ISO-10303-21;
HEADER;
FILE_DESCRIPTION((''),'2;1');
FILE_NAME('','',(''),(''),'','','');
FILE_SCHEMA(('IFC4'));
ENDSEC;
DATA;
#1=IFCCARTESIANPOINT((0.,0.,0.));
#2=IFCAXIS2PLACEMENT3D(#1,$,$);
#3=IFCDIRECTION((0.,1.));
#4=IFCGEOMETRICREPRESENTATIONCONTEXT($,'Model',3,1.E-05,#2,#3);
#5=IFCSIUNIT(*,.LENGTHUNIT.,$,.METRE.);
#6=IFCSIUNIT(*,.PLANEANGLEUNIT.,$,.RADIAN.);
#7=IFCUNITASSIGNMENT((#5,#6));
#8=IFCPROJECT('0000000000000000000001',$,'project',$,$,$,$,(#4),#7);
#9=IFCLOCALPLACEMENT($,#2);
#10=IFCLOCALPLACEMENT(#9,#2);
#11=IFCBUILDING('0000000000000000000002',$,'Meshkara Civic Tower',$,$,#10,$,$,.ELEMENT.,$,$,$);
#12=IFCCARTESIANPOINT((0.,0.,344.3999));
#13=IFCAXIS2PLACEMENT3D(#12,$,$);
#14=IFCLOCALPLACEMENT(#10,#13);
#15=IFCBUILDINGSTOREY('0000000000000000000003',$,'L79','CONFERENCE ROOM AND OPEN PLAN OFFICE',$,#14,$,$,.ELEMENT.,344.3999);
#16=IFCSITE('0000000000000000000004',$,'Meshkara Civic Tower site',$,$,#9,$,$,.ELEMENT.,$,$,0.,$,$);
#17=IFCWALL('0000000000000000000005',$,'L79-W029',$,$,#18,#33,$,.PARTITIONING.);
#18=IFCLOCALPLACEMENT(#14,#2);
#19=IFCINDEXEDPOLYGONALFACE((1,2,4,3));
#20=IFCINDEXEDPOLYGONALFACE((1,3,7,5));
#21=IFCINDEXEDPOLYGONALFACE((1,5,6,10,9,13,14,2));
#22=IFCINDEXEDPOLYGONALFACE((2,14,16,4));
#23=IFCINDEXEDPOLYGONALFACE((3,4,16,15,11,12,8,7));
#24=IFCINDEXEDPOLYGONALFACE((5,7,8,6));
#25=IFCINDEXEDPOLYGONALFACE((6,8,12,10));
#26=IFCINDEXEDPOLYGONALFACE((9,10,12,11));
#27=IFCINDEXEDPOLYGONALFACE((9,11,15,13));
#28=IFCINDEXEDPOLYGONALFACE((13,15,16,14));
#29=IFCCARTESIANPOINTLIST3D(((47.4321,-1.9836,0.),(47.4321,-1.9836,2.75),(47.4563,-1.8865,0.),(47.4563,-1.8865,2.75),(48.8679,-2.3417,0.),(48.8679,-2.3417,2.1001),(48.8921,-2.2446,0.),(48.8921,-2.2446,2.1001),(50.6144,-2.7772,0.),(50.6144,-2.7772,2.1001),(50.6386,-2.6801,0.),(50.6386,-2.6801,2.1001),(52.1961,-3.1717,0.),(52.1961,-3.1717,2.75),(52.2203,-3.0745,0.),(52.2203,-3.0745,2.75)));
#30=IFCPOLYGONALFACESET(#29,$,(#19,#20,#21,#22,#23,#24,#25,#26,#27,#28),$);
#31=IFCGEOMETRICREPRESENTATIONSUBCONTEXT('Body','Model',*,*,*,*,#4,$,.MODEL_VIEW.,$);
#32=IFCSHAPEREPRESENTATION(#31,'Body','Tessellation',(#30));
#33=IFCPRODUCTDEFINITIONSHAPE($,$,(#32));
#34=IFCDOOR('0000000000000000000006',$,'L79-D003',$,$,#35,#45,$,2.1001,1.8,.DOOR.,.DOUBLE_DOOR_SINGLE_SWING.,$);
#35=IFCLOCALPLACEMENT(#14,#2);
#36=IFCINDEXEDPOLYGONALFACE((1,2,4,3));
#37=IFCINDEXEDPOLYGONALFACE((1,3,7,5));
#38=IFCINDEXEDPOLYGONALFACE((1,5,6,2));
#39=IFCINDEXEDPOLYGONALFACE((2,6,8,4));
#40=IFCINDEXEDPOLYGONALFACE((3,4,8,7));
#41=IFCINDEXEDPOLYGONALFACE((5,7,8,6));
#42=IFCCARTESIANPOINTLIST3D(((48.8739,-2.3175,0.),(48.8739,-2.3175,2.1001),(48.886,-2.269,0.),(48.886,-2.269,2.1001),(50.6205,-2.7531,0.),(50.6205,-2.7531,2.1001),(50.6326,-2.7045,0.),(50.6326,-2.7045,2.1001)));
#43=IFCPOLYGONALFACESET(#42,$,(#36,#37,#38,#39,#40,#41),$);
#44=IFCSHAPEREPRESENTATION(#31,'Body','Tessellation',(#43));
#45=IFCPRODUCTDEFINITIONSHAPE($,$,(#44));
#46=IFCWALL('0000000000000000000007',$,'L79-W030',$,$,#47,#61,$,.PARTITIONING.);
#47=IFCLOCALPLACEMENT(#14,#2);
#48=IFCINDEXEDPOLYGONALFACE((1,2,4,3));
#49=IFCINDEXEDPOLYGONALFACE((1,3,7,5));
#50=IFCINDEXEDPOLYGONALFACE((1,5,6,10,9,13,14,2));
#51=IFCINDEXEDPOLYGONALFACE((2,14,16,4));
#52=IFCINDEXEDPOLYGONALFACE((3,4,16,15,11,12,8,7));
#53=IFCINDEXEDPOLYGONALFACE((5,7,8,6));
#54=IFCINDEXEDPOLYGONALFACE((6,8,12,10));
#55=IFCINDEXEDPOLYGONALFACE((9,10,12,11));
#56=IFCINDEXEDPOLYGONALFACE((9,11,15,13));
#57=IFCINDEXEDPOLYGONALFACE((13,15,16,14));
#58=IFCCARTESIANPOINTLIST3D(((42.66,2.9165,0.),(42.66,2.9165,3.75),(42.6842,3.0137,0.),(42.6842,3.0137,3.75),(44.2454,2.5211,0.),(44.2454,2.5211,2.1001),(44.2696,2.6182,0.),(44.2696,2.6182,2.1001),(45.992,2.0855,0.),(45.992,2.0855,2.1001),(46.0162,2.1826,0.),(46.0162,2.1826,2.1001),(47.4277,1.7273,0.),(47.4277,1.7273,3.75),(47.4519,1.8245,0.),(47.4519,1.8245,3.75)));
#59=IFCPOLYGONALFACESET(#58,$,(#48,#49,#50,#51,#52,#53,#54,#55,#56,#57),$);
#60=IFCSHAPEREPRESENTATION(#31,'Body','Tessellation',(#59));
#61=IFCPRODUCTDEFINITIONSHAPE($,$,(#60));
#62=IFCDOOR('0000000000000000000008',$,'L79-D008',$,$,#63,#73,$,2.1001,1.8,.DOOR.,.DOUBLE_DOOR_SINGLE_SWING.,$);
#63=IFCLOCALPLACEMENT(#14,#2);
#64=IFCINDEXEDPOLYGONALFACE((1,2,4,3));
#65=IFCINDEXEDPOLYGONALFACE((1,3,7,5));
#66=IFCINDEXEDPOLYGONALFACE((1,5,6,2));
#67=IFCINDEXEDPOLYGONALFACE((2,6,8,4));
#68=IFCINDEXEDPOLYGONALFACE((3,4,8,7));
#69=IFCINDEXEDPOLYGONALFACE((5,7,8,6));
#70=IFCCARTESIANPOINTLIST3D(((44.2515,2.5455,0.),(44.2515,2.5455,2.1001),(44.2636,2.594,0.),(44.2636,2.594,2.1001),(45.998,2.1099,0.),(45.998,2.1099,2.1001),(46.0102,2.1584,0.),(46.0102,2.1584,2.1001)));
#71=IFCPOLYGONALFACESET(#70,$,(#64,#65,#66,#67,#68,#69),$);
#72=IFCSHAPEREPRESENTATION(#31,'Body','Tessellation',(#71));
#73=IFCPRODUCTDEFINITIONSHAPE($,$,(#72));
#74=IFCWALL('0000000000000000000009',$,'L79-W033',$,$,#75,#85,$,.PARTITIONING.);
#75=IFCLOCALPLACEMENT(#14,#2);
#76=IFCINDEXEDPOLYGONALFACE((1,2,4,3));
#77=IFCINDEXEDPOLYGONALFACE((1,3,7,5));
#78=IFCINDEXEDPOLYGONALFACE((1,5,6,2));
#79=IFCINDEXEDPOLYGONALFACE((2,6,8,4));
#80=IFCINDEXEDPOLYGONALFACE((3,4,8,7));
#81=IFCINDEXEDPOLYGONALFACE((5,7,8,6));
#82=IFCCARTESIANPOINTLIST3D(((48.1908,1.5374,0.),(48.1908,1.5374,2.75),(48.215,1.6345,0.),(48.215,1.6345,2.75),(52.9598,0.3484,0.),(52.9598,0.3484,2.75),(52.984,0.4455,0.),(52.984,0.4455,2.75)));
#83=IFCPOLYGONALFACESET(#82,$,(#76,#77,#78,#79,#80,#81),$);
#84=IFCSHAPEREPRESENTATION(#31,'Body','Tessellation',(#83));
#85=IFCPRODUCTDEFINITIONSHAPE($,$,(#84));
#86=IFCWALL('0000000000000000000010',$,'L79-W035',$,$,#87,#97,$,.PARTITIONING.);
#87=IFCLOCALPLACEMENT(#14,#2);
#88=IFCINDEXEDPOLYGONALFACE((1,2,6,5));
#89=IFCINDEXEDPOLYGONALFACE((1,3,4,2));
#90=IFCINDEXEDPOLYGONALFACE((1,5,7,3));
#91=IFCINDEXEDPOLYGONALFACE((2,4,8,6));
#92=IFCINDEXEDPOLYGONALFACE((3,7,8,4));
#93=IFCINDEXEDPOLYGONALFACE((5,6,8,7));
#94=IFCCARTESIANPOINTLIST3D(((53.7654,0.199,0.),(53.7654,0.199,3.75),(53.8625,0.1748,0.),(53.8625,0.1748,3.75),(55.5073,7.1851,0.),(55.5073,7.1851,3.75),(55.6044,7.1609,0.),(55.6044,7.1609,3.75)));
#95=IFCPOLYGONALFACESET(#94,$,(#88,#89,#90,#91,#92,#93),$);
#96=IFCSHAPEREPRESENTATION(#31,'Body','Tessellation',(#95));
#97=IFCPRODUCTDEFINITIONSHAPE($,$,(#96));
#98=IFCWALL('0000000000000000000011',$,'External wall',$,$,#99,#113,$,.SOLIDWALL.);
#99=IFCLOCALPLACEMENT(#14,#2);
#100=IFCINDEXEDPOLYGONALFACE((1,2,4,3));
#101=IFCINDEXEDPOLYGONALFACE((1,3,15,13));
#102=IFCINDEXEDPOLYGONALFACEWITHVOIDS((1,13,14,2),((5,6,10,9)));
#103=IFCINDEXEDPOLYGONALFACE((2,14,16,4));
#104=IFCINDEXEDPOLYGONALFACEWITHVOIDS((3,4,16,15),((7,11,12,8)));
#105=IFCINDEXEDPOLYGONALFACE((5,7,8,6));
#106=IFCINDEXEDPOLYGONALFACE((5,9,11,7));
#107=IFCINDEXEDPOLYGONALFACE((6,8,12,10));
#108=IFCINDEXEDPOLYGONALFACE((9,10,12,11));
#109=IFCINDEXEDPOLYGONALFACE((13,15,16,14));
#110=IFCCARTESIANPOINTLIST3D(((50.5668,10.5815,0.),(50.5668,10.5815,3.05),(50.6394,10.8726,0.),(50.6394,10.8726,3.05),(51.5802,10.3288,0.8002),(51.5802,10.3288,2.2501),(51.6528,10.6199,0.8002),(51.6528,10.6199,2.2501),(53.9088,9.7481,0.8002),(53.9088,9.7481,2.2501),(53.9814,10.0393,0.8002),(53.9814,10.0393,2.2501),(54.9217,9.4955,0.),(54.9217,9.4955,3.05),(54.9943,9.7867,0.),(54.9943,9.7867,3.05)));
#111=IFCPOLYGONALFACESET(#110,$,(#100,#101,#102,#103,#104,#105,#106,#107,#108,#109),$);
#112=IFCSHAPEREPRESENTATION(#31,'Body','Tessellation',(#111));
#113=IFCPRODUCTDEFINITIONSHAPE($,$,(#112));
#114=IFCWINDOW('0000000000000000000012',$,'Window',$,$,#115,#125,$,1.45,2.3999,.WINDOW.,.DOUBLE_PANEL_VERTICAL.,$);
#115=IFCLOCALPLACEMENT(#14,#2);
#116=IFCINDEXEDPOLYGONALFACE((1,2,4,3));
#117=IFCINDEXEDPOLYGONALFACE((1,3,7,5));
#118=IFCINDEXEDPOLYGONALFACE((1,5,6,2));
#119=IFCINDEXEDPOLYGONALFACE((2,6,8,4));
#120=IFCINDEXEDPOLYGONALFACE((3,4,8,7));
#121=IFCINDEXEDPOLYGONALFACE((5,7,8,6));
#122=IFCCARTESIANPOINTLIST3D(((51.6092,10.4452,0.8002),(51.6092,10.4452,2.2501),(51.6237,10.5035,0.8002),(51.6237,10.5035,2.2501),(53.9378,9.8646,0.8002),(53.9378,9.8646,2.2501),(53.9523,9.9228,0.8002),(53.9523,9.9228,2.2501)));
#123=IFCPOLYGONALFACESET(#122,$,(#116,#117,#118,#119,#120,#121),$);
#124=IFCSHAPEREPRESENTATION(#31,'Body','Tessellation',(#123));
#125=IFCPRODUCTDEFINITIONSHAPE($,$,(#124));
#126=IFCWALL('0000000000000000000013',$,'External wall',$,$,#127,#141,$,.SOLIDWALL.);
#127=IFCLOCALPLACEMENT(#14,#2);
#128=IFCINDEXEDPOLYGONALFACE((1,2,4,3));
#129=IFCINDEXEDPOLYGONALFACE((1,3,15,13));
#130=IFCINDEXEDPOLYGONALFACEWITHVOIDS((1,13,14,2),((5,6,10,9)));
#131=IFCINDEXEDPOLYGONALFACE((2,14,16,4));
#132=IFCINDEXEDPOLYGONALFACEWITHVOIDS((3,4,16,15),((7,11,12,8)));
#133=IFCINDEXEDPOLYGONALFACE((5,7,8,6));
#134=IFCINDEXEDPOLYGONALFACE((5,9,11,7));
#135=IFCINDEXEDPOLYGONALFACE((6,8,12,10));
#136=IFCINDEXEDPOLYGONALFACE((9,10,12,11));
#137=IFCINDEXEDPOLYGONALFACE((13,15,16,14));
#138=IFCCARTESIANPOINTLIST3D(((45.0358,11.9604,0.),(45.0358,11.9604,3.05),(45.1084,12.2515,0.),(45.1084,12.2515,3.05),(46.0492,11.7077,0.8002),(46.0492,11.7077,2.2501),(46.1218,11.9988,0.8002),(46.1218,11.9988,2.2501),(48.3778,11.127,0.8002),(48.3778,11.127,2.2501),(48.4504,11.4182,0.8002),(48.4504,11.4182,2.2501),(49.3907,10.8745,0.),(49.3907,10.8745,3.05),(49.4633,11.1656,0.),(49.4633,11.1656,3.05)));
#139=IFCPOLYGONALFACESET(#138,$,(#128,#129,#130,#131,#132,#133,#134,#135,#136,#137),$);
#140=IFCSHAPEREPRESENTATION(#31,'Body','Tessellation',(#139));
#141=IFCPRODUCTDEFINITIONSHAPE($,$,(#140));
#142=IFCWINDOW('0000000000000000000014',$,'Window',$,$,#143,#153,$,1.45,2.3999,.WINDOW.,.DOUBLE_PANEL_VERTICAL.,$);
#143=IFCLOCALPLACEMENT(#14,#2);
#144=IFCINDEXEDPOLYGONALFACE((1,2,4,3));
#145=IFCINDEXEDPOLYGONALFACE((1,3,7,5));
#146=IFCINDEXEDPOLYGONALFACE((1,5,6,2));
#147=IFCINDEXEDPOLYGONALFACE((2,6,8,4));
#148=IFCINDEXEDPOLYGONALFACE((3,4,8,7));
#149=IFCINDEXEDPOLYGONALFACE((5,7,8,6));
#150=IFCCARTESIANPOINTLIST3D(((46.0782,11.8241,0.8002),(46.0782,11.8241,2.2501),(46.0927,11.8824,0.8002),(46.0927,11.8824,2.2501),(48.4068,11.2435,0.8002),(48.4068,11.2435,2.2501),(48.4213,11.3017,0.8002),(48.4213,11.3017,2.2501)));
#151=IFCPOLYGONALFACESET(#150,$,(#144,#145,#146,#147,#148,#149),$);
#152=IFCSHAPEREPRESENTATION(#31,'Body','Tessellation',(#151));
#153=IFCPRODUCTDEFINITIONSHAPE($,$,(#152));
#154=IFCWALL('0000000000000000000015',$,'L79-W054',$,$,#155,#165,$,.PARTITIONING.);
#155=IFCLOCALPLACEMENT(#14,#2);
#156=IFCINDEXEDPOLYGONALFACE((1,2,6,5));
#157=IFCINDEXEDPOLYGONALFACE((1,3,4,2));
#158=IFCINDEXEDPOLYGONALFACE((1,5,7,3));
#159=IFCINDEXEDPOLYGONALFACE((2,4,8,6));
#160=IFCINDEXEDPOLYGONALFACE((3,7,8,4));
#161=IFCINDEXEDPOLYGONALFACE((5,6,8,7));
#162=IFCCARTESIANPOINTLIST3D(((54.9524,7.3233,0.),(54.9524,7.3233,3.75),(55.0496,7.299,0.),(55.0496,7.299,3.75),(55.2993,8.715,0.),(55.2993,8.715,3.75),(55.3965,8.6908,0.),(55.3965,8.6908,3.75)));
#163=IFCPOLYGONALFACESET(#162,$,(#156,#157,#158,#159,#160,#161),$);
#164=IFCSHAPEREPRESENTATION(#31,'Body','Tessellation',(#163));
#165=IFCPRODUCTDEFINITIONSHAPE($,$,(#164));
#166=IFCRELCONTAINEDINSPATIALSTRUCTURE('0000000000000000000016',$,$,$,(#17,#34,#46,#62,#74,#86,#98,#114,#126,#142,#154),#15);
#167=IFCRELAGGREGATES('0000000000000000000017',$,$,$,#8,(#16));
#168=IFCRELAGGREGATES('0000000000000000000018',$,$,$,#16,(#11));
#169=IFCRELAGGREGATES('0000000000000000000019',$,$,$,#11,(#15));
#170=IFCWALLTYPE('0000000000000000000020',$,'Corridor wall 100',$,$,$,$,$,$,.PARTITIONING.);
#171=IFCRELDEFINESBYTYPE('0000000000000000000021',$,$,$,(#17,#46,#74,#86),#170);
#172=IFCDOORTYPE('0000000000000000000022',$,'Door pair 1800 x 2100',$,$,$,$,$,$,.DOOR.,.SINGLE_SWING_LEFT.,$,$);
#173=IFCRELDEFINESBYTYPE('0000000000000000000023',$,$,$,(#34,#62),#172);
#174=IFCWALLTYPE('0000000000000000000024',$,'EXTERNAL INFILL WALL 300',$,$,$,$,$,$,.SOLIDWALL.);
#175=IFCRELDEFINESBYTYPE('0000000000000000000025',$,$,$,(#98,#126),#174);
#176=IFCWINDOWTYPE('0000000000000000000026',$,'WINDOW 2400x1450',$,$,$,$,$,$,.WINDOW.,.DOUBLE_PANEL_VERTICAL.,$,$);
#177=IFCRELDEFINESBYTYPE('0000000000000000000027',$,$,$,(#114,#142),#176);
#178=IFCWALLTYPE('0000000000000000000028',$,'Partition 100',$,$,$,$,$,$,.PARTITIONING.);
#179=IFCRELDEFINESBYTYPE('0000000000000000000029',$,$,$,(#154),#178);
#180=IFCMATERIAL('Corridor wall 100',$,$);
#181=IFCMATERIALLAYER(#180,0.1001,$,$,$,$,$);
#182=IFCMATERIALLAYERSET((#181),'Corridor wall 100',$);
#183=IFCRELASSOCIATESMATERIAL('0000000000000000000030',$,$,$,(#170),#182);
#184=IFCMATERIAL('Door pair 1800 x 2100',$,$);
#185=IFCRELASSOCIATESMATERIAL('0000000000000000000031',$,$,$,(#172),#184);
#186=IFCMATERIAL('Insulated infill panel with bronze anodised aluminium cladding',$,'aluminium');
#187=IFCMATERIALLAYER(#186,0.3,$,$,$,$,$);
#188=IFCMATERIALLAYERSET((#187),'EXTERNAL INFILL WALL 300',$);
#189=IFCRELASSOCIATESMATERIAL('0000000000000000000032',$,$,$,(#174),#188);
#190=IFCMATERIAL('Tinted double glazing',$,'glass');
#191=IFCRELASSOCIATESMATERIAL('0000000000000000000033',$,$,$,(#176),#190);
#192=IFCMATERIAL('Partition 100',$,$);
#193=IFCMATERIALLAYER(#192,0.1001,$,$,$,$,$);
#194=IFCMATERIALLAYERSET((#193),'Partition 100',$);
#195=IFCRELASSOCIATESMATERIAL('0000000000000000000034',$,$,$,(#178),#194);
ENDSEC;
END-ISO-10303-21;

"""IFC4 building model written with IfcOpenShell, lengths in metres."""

from ifc_helpers import new_model, si_unit, direction, frame, frame_2d, origin, place, context, subcontext, project, spatial, rectangle, extrude, material, layer, layer_set, type_object, element, fill, save


model = new_model("IFC4")

# Units and contexts
model_context = context("Model", 3, precision=1e-05, world=origin(), true_north=direction((0.0, 1.0)))
body_context = subcontext(model_context, "Body", "Model", "MODEL_VIEW")
ifc_project = project(units=[si_unit("LENGTHUNIT", "METRE"), si_unit("PLANEANGLEUNIT", "RADIAN")], contexts=[model_context])

# Site, building, storey
site_placement = place(None, origin())
site = spatial("IfcSite", under=ifc_project, at=site_placement, Name="Meshkara Civic Tower site", CompositionType="ELEMENT", RefElevation=0.0)
building_placement = place(site_placement, origin())
building = spatial("IfcBuilding", under=site, at=building_placement, Name="Meshkara Civic Tower", CompositionType="ELEMENT")
storey_placement = place(building_placement, frame((0.0, 0.0, 344.3999)))
storey = spatial("IfcBuildingStorey", under=building, at=storey_placement, Name="L79", Description="CONFERENCE ROOM AND OPEN PLAN OFFICE", CompositionType="ELEMENT", Elevation=344.3999)

# Walls, openings, doors
ifc_material_1 = material(Name="Corridor wall 100")
ifc_layer_1 = layer(ifc_material_1, 0.1001)
ifc_layer_set_1 = layer_set([ifc_layer_1], Name="Corridor wall 100")
wall_type_1 = type_object("IfcWallType", Name="Corridor wall 100", PredefinedType="PARTITIONING", material=ifc_layer_set_1)
wall_1_placement = place(storey_placement, frame((47.4441, -1.9351, 0.0), z_axis=(0.0, 0.0, 1.0), x_axis=(0.970286, -0.241962, 0.0)))
wall_1 = element("IfcWall", 1, at=wall_1_placement, inside=storey, type_object=wall_type_1, Name="L79-W029", PredefinedType="PARTITIONING", context=body_context, shape_type="SweptSolid", body=[
    extrude(rectangle(XDim=4.9099, YDim=0.1001, at=frame_2d((2.4551, 0.0))), origin(), (0.0, 0.0, 1.0), 2.75),
])
opening_1_placement = place(wall_1_placement, frame((1.48, 0.0, 0.0)))
opening_1 = element("IfcOpeningElement", 2, at=opening_1_placement, cuts=wall_1, PredefinedType="OPENING", context=body_context, shape_type="SweptSolid", body=[
    extrude(rectangle(XDim=1.8, YDim=2.1001, at=frame_2d((0.8999, 1.05))), frame((0.0, 0.0601, 0.0), z_axis=(0.0, -1.0, 0.0), x_axis=(1.0, 0.0, 0.0)), (0.0, 0.0, 1.0), 0.1201),
])
ifc_material_2 = material(Name="Door pair 1800 x 2100")
door_type_1 = type_object("IfcDoorType", Name="Door pair 1800 x 2100", OperationType="SINGLE_SWING_LEFT", PredefinedType="DOOR", material=ifc_material_2)
door_1_placement = place(opening_1_placement, origin())
door_1 = element("IfcDoor", 3, at=door_1_placement, inside=storey, type_object=door_type_1, Name="L79-D003", OperationType="DOUBLE_DOOR_SINGLE_SWING", OverallHeight=2.1001, OverallWidth=1.8, PredefinedType="DOOR", context=body_context, shape_type="SweptSolid", body=[
    extrude(rectangle(XDim=1.8, YDim=2.1001, at=frame_2d((0.8999, 1.05))), frame((0.0, 0.0249, 0.0), z_axis=(0.0, -1.0, 0.0), x_axis=(1.0, 0.0, 0.0)), (0.0, 0.0, 1.0), 0.05),
])
fill(opening_1, door_1)
wall_2_placement = place(storey_placement, frame((47.4399, 1.7759, 0.0), z_axis=(0.0, 0.0, 1.0), x_axis=(-0.970274, 0.24201, 0.0)))
wall_2 = element("IfcWall", 4, at=wall_2_placement, inside=storey, type_object=wall_type_1, Name="L79-W030", PredefinedType="PARTITIONING", context=body_context, shape_type="SweptSolid", body=[
    extrude(rectangle(XDim=4.9138, YDim=0.1001, at=frame_2d((2.457, 0.0))), origin(), (0.0, 0.0, 1.0), 3.75),
])
opening_2_placement = place(wall_2_placement, frame((1.48, 0.0, 0.0)))
opening_2 = element("IfcOpeningElement", 5, at=opening_2_placement, cuts=wall_2, PredefinedType="OPENING", context=body_context, shape_type="SweptSolid", body=[
    extrude(rectangle(XDim=1.8, YDim=2.1001, at=frame_2d((0.8999, 1.05))), frame((0.0, 0.0601, 0.0), z_axis=(0.0, -1.0, 0.0), x_axis=(1.0, 0.0, 0.0)), (0.0, 0.0, 1.0), 0.1201),
])
door_2_placement = place(opening_2_placement, origin())
door_2 = element("IfcDoor", 6, at=door_2_placement, inside=storey, type_object=door_type_1, Name="L79-D008", OperationType="DOUBLE_DOOR_SINGLE_SWING", OverallHeight=2.1001, OverallWidth=1.8, PredefinedType="DOOR", context=body_context, shape_type="SweptSolid", body=[
    extrude(rectangle(XDim=1.8, YDim=2.1001, at=frame_2d((0.8999, 1.05))), frame((0.0, 0.0249, 0.0), z_axis=(0.0, -1.0, 0.0), x_axis=(1.0, 0.0, 0.0)), (0.0, 0.0, 1.0), 0.05),
])
fill(opening_2, door_2)

# Walls
wall_3_placement = place(storey_placement, frame((52.9719, 0.397, 0.0), z_axis=(0.0, 0.0, 1.0), x_axis=(-0.9703, 0.241904, 0.0)))
element("IfcWall", 7, at=wall_3_placement, inside=storey, type_object=wall_type_1, Name="L79-W033", PredefinedType="PARTITIONING", context=body_context, shape_type="SweptSolid", body=[
    extrude(rectangle(XDim=4.915, YDim=0.1001, at=frame_2d((2.4575, 0.0))), origin(), (0.0, 0.0, 1.0), 2.75),
])
wall_4_placement = place(storey_placement, frame((55.5559, 7.1731, 0.0), z_axis=(0.0, 0.0, 1.0), x_axis=(-0.241937, -0.970292, 0.0)))
element("IfcWall", 8, at=wall_4_placement, inside=storey, type_object=wall_type_1, Name="L79-W035", PredefinedType="PARTITIONING", context=body_context, shape_type="SweptSolid", body=[
    extrude(rectangle(XDim=7.2, YDim=0.1001, at=frame_2d((3.6001, 0.0))), origin(), (0.0, 0.0, 1.0), 3.75),
])

# Walls, openings, windows
ifc_material_3 = material(Name="Insulated infill panel with bronze anodised aluminium cladding", Category="aluminium")
ifc_layer_2 = layer(ifc_material_3, 0.3)
ifc_layer_set_2 = layer_set([ifc_layer_2], Name="EXTERNAL INFILL WALL 300")
wall_type_2 = type_object("IfcWallType", Name="EXTERNAL INFILL WALL 300", PredefinedType="SOLIDWALL", material=ifc_layer_set_2)
wall_5_placement = place(storey_placement, frame((54.958, 9.6411, 0.0), z_axis=(0.0, 0.0, 1.0), x_axis=(-0.97029, 0.241947, 0.0)))
wall_5 = element("IfcWall", 9, at=wall_5_placement, inside=storey, type_object=wall_type_2, Name="External wall", PredefinedType="SOLIDWALL", context=body_context, shape_type="SweptSolid", body=[
    extrude(rectangle(XDim=4.4883, YDim=0.3, at=frame_2d((2.2441, 0.0))), origin(), (0.0, 0.0, 1.0), 3.05),
])
opening_3_placement = place(wall_5_placement, frame((1.0439, 0.0, 0.8)))
opening_3 = element("IfcOpeningElement", 10, at=opening_3_placement, cuts=wall_5, PredefinedType="OPENING", context=body_context, shape_type="SweptSolid", body=[
    extrude(rectangle(XDim=2.3999, YDim=1.45, at=frame_2d((1.2, 0.7251))), frame((0.0, 0.1599, 0.0), z_axis=(0.0, -1.0, 0.0), x_axis=(1.0, 0.0, 0.0)), (0.0, 0.0, 1.0), 0.3201),
])
ifc_material_4 = material(Name="Tinted double glazing", Category="glass")
window_type = type_object("IfcWindowType", Name="WINDOW 2400x1450", PartitioningType="DOUBLE_PANEL_VERTICAL", PredefinedType="WINDOW", material=ifc_material_4)
window_1_placement = place(opening_3_placement, origin())
window_1 = element("IfcWindow", 11, at=window_1_placement, inside=storey, type_object=window_type, Name="Window", OverallHeight=1.45, OverallWidth=2.3999, PartitioningType="DOUBLE_PANEL_VERTICAL", PredefinedType="WINDOW", context=body_context, shape_type="SweptSolid", body=[
    extrude(rectangle(XDim=2.3999, YDim=1.45, at=frame_2d((1.2, 0.7251))), frame((0.0, 0.03, 0.0), z_axis=(0.0, -1.0, 0.0), x_axis=(1.0, 0.0, 0.0)), (0.0, 0.0, 1.0), 0.0601),
])
fill(opening_3, window_1)
wall_6_placement = place(storey_placement, frame((49.427, 11.02, 0.0), z_axis=(0.0, 0.0, 1.0), x_axis=(-0.97029, 0.241947, 0.0)))
wall_6 = element("IfcWall", 12, at=wall_6_placement, inside=storey, type_object=wall_type_2, Name="External wall", PredefinedType="SOLIDWALL", context=body_context, shape_type="SweptSolid", body=[
    extrude(rectangle(XDim=4.4883, YDim=0.3, at=frame_2d((2.2441, 0.0))), origin(), (0.0, 0.0, 1.0), 3.05),
])
opening_4_placement = place(wall_6_placement, frame((1.0439, 0.0, 0.8)))
opening_4 = element("IfcOpeningElement", 13, at=opening_4_placement, cuts=wall_6, PredefinedType="OPENING", context=body_context, shape_type="SweptSolid", body=[
    extrude(rectangle(XDim=2.3999, YDim=1.45, at=frame_2d((1.2, 0.7251))), frame((0.0, 0.1599, 0.0), z_axis=(0.0, -1.0, 0.0), x_axis=(1.0, 0.0, 0.0)), (0.0, 0.0, 1.0), 0.3201),
])
window_2_placement = place(opening_4_placement, origin())
window_2 = element("IfcWindow", 14, at=window_2_placement, inside=storey, type_object=window_type, Name="Window", OverallHeight=1.45, OverallWidth=2.3999, PartitioningType="DOUBLE_PANEL_VERTICAL", PredefinedType="WINDOW", context=body_context, shape_type="SweptSolid", body=[
    extrude(rectangle(XDim=2.3999, YDim=1.45, at=frame_2d((1.2, 0.7251))), frame((0.0, 0.03, 0.0), z_axis=(0.0, -1.0, 0.0), x_axis=(1.0, 0.0, 0.0)), (0.0, 0.0, 1.0), 0.0601),
])
fill(opening_4, window_2)

# Wall
ifc_material_5 = material(Name="Partition 100")
ifc_layer_3 = layer(ifc_material_5, 0.1001)
ifc_layer_set_3 = layer_set([ifc_layer_3], Name="Partition 100")
wall_type_3 = type_object("IfcWallType", Name="Partition 100", PredefinedType="PARTITIONING", material=ifc_layer_set_3)
wall_7_placement = place(storey_placement, frame((55.001, 7.311, 0.0), z_axis=(0.0, 0.0, 1.0), x_axis=(0.241855, 0.970312, 0.0)))
element("IfcWall", 15, at=wall_7_placement, inside=storey, type_object=wall_type_3, Name="L79-W054", PredefinedType="PARTITIONING", context=body_context, shape_type="SweptSolid", body=[
    extrude(rectangle(XDim=1.4343, YDim=0.1001, at=frame_2d((0.7173, 0.0))), origin(), (0.0, 0.0, 1.0), 3.75),
])

save(model, "model.ifc")
